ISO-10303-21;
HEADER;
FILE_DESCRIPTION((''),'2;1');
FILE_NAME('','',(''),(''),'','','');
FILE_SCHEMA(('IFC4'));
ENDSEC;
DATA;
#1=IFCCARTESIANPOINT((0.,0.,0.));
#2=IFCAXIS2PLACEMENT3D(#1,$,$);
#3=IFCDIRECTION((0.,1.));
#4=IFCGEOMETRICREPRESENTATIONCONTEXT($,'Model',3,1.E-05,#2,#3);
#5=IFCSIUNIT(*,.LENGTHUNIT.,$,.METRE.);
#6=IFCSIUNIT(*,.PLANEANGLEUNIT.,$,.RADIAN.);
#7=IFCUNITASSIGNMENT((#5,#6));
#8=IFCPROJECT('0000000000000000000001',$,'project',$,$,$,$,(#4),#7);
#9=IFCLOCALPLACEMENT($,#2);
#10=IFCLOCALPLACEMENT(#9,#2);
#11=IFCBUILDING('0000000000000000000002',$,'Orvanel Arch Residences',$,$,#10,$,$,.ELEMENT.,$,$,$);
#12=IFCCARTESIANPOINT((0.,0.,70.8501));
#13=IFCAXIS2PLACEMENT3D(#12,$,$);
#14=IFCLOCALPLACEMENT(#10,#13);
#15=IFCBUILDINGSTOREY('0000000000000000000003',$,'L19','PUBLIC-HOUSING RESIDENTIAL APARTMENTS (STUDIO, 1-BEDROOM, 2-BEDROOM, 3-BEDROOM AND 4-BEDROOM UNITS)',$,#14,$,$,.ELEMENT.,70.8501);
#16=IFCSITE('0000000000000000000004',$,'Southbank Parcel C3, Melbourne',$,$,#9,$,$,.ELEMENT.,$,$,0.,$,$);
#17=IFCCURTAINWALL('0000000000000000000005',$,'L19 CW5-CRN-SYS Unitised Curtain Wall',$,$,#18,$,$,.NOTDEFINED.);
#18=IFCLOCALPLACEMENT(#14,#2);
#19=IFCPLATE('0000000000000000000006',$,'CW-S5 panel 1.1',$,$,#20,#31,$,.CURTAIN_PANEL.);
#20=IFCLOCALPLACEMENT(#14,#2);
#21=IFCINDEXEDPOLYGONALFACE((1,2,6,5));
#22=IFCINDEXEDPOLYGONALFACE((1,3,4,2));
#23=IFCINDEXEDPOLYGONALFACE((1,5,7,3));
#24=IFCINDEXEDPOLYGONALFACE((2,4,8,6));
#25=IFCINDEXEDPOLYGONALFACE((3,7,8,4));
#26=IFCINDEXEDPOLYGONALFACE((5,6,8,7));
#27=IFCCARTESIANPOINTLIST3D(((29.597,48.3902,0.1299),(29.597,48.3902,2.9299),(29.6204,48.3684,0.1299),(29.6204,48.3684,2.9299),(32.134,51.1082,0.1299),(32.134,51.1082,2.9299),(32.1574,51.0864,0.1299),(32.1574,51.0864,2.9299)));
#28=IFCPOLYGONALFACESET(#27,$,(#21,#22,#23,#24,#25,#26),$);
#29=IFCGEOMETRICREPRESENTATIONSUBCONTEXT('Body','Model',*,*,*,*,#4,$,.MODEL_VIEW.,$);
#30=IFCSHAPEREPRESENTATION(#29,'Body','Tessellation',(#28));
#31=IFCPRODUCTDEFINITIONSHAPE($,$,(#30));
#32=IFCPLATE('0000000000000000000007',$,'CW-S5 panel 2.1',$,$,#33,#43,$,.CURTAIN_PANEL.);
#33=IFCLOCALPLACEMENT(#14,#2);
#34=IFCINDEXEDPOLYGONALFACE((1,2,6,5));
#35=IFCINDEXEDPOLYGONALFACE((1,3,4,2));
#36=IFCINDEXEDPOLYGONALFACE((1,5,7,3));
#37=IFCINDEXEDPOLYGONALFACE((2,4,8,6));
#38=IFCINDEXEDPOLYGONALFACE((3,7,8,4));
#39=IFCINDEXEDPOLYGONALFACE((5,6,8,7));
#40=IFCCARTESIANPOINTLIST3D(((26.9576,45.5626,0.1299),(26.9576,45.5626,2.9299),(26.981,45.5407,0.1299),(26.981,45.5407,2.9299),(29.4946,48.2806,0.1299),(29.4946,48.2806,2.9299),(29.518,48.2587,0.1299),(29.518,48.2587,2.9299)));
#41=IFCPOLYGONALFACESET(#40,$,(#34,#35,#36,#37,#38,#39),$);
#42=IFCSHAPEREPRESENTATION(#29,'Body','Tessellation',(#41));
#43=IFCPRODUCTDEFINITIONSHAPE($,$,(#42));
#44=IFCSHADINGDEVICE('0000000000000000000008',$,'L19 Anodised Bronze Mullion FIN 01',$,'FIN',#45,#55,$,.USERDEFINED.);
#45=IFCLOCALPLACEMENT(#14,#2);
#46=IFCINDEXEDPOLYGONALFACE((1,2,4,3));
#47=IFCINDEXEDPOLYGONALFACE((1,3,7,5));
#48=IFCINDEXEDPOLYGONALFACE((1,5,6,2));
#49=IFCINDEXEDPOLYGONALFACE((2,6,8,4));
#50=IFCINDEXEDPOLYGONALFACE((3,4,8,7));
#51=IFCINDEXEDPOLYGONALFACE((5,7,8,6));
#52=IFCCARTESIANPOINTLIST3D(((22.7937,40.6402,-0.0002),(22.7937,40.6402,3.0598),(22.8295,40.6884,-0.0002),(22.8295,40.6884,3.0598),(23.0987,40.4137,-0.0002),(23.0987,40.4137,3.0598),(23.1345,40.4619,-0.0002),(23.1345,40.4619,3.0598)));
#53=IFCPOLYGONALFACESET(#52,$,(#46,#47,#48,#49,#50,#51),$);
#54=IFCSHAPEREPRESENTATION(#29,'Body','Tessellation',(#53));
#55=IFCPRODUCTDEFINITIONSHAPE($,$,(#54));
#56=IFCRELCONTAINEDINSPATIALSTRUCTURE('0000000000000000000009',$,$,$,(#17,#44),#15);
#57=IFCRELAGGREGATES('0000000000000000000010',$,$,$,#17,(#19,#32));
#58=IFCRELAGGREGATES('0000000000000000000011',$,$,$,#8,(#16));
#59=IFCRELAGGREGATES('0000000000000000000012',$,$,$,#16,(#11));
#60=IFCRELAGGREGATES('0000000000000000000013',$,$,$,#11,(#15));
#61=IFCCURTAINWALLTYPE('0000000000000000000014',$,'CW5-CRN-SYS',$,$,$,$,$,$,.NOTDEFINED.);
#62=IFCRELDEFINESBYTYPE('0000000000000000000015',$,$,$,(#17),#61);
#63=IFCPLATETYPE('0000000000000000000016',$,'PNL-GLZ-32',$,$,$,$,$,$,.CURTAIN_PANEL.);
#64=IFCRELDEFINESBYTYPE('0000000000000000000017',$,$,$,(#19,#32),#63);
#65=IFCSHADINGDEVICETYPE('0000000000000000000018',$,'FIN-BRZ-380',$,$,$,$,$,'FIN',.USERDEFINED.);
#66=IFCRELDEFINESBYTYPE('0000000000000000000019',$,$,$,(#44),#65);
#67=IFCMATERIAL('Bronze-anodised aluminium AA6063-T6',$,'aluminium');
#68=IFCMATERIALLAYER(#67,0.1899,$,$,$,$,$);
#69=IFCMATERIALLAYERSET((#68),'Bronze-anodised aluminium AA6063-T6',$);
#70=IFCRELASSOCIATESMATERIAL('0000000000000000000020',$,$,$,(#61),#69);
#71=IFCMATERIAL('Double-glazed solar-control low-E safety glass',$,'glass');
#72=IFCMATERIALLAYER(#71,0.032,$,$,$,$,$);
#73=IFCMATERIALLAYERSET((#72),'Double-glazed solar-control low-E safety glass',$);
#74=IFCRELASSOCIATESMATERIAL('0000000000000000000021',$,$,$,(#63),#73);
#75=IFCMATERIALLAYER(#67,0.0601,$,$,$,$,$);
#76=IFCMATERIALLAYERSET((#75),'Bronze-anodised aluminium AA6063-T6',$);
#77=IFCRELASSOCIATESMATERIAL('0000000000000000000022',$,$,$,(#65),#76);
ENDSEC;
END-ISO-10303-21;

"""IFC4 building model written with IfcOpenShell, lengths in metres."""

from ifc_helpers import new_model, si_unit, direction, frame, origin, origin_2d, place, context, subcontext, project, spatial, rectangle, extrude, material, layer, layer_set, type_object, element, aggregate, save


model = new_model("IFC4")

# Units and contexts
model_context = context("Model", 3, precision=1e-05, world=origin(), true_north=direction((0.0, 1.0)))
body_context = subcontext(model_context, "Body", "Model", "MODEL_VIEW")
ifc_project = project(units=[si_unit("LENGTHUNIT", "METRE"), si_unit("PLANEANGLEUNIT", "RADIAN")], contexts=[model_context])

# Site, building, storey
site_placement = place(None, origin())
site = spatial("IfcSite", under=ifc_project, at=site_placement, Name="Southbank Parcel C3, Melbourne", CompositionType="ELEMENT", RefElevation=0.0)
building_placement = place(site_placement, origin())
building = spatial("IfcBuilding", under=site, at=building_placement, Name="Orvanel Arch Residences", CompositionType="ELEMENT")
storey_placement = place(building_placement, frame((0.0, 0.0, 70.8501)))
storey = spatial("IfcBuildingStorey", under=building, at=storey_placement, Name="L19", Description="PUBLIC-HOUSING RESIDENTIAL APARTMENTS (STUDIO, 1-BEDROOM, 2-BEDROOM, 3-BEDROOM AND 4-BEDROOM UNITS)", CompositionType="ELEMENT", Elevation=70.8501)

# Shared definitions
ifc_material_1 = material(Name="Bronze-anodised aluminium AA6063-T6", Category="aluminium")
ifc_layer_1 = layer(ifc_material_1, 0.1899)
ifc_layer_set_1 = layer_set([ifc_layer_1], Name="Bronze-anodised aluminium AA6063-T6")
curtain_wall_type_1 = type_object("IfcCurtainWallType", Name="CW5-CRN-SYS", PredefinedType="NOTDEFINED", material=ifc_layer_set_1)

# Curtain wall
curtain_wall_1_placement = place(storey_placement, origin())
curtain_wall_1 = element("IfcCurtainWall", 1, at=curtain_wall_1_placement, inside=storey, type_object=curtain_wall_type_1, Name="L19 CW5-CRN-SYS Unitised Curtain Wall", PredefinedType="NOTDEFINED")

# Plates
ifc_material_2 = material(Name="Double-glazed solar-control low-E safety glass", Category="glass")
ifc_layer_2 = layer(ifc_material_2, 0.032)
ifc_layer_set_2 = layer_set([ifc_layer_2], Name="Double-glazed solar-control low-E safety glass")
plate_type_1 = type_object("IfcPlateType", Name="PNL-GLZ-32", PredefinedType="CURTAIN_PANEL", material=ifc_layer_set_2)
plate_1_placement = place(storey_placement, frame((30.8772, 49.7383, 0.1299), z_axis=(0.0, 0.0, 1.0), x_axis=(-0.682341, -0.731034, 0.0)))
plate_1 = element("IfcPlate", 2, at=plate_1_placement, type_object=plate_type_1, Name="CW-S5 panel 1.1", PredefinedType="CURTAIN_PANEL", context=body_context, shape_type="SweptSolid", body=[
    extrude(rectangle(XDim=3.718, YDim=0.032, at=origin_2d()), origin(), (0.0, 0.0, 1.0), 2.8),
])
plate_2_placement = place(storey_placement, frame((28.2378, 46.9106, 0.1299), z_axis=(0.0, 0.0, 1.0), x_axis=(-0.682341, -0.731034, 0.0)))
plate_2 = element("IfcPlate", 3, at=plate_2_placement, type_object=plate_type_1, Name="CW-S5 panel 2.1", PredefinedType="CURTAIN_PANEL", context=body_context, shape_type="SweptSolid", body=[
    extrude(rectangle(XDim=3.718, YDim=0.032, at=origin_2d()), origin(), (0.0, 0.0, 1.0), 2.8),
])
aggregate(curtain_wall_1, [plate_1, plate_2])

# Shading device
ifc_layer_3 = layer(ifc_material_1, 0.0601)
ifc_layer_set_3 = layer_set([ifc_layer_3], Name="Bronze-anodised aluminium AA6063-T6")
shading_device_type = type_object("IfcShadingDeviceType", Name="FIN-BRZ-380", ElementType="FIN", PredefinedType="USERDEFINED", material=ifc_layer_set_3)
shading_device_placement = place(storey_placement, frame((22.9641, 40.551, -0.0002), z_axis=(0.0, 0.0, 1.0), x_axis=(-0.802817, 0.596225, 0.0)))
element("IfcShadingDevice", 4, at=shading_device_placement, inside=storey, type_object=shading_device_type, Name="L19 Anodised Bronze Mullion FIN 01", ObjectType="FIN", PredefinedType="USERDEFINED", context=body_context, shape_type="SweptSolid", body=[
    extrude(rectangle(XDim=0.3799, YDim=0.0601, at=origin_2d()), origin(), (0.0, 0.0, 1.0), 3.0601),
])

save(model, "model.ifc")
